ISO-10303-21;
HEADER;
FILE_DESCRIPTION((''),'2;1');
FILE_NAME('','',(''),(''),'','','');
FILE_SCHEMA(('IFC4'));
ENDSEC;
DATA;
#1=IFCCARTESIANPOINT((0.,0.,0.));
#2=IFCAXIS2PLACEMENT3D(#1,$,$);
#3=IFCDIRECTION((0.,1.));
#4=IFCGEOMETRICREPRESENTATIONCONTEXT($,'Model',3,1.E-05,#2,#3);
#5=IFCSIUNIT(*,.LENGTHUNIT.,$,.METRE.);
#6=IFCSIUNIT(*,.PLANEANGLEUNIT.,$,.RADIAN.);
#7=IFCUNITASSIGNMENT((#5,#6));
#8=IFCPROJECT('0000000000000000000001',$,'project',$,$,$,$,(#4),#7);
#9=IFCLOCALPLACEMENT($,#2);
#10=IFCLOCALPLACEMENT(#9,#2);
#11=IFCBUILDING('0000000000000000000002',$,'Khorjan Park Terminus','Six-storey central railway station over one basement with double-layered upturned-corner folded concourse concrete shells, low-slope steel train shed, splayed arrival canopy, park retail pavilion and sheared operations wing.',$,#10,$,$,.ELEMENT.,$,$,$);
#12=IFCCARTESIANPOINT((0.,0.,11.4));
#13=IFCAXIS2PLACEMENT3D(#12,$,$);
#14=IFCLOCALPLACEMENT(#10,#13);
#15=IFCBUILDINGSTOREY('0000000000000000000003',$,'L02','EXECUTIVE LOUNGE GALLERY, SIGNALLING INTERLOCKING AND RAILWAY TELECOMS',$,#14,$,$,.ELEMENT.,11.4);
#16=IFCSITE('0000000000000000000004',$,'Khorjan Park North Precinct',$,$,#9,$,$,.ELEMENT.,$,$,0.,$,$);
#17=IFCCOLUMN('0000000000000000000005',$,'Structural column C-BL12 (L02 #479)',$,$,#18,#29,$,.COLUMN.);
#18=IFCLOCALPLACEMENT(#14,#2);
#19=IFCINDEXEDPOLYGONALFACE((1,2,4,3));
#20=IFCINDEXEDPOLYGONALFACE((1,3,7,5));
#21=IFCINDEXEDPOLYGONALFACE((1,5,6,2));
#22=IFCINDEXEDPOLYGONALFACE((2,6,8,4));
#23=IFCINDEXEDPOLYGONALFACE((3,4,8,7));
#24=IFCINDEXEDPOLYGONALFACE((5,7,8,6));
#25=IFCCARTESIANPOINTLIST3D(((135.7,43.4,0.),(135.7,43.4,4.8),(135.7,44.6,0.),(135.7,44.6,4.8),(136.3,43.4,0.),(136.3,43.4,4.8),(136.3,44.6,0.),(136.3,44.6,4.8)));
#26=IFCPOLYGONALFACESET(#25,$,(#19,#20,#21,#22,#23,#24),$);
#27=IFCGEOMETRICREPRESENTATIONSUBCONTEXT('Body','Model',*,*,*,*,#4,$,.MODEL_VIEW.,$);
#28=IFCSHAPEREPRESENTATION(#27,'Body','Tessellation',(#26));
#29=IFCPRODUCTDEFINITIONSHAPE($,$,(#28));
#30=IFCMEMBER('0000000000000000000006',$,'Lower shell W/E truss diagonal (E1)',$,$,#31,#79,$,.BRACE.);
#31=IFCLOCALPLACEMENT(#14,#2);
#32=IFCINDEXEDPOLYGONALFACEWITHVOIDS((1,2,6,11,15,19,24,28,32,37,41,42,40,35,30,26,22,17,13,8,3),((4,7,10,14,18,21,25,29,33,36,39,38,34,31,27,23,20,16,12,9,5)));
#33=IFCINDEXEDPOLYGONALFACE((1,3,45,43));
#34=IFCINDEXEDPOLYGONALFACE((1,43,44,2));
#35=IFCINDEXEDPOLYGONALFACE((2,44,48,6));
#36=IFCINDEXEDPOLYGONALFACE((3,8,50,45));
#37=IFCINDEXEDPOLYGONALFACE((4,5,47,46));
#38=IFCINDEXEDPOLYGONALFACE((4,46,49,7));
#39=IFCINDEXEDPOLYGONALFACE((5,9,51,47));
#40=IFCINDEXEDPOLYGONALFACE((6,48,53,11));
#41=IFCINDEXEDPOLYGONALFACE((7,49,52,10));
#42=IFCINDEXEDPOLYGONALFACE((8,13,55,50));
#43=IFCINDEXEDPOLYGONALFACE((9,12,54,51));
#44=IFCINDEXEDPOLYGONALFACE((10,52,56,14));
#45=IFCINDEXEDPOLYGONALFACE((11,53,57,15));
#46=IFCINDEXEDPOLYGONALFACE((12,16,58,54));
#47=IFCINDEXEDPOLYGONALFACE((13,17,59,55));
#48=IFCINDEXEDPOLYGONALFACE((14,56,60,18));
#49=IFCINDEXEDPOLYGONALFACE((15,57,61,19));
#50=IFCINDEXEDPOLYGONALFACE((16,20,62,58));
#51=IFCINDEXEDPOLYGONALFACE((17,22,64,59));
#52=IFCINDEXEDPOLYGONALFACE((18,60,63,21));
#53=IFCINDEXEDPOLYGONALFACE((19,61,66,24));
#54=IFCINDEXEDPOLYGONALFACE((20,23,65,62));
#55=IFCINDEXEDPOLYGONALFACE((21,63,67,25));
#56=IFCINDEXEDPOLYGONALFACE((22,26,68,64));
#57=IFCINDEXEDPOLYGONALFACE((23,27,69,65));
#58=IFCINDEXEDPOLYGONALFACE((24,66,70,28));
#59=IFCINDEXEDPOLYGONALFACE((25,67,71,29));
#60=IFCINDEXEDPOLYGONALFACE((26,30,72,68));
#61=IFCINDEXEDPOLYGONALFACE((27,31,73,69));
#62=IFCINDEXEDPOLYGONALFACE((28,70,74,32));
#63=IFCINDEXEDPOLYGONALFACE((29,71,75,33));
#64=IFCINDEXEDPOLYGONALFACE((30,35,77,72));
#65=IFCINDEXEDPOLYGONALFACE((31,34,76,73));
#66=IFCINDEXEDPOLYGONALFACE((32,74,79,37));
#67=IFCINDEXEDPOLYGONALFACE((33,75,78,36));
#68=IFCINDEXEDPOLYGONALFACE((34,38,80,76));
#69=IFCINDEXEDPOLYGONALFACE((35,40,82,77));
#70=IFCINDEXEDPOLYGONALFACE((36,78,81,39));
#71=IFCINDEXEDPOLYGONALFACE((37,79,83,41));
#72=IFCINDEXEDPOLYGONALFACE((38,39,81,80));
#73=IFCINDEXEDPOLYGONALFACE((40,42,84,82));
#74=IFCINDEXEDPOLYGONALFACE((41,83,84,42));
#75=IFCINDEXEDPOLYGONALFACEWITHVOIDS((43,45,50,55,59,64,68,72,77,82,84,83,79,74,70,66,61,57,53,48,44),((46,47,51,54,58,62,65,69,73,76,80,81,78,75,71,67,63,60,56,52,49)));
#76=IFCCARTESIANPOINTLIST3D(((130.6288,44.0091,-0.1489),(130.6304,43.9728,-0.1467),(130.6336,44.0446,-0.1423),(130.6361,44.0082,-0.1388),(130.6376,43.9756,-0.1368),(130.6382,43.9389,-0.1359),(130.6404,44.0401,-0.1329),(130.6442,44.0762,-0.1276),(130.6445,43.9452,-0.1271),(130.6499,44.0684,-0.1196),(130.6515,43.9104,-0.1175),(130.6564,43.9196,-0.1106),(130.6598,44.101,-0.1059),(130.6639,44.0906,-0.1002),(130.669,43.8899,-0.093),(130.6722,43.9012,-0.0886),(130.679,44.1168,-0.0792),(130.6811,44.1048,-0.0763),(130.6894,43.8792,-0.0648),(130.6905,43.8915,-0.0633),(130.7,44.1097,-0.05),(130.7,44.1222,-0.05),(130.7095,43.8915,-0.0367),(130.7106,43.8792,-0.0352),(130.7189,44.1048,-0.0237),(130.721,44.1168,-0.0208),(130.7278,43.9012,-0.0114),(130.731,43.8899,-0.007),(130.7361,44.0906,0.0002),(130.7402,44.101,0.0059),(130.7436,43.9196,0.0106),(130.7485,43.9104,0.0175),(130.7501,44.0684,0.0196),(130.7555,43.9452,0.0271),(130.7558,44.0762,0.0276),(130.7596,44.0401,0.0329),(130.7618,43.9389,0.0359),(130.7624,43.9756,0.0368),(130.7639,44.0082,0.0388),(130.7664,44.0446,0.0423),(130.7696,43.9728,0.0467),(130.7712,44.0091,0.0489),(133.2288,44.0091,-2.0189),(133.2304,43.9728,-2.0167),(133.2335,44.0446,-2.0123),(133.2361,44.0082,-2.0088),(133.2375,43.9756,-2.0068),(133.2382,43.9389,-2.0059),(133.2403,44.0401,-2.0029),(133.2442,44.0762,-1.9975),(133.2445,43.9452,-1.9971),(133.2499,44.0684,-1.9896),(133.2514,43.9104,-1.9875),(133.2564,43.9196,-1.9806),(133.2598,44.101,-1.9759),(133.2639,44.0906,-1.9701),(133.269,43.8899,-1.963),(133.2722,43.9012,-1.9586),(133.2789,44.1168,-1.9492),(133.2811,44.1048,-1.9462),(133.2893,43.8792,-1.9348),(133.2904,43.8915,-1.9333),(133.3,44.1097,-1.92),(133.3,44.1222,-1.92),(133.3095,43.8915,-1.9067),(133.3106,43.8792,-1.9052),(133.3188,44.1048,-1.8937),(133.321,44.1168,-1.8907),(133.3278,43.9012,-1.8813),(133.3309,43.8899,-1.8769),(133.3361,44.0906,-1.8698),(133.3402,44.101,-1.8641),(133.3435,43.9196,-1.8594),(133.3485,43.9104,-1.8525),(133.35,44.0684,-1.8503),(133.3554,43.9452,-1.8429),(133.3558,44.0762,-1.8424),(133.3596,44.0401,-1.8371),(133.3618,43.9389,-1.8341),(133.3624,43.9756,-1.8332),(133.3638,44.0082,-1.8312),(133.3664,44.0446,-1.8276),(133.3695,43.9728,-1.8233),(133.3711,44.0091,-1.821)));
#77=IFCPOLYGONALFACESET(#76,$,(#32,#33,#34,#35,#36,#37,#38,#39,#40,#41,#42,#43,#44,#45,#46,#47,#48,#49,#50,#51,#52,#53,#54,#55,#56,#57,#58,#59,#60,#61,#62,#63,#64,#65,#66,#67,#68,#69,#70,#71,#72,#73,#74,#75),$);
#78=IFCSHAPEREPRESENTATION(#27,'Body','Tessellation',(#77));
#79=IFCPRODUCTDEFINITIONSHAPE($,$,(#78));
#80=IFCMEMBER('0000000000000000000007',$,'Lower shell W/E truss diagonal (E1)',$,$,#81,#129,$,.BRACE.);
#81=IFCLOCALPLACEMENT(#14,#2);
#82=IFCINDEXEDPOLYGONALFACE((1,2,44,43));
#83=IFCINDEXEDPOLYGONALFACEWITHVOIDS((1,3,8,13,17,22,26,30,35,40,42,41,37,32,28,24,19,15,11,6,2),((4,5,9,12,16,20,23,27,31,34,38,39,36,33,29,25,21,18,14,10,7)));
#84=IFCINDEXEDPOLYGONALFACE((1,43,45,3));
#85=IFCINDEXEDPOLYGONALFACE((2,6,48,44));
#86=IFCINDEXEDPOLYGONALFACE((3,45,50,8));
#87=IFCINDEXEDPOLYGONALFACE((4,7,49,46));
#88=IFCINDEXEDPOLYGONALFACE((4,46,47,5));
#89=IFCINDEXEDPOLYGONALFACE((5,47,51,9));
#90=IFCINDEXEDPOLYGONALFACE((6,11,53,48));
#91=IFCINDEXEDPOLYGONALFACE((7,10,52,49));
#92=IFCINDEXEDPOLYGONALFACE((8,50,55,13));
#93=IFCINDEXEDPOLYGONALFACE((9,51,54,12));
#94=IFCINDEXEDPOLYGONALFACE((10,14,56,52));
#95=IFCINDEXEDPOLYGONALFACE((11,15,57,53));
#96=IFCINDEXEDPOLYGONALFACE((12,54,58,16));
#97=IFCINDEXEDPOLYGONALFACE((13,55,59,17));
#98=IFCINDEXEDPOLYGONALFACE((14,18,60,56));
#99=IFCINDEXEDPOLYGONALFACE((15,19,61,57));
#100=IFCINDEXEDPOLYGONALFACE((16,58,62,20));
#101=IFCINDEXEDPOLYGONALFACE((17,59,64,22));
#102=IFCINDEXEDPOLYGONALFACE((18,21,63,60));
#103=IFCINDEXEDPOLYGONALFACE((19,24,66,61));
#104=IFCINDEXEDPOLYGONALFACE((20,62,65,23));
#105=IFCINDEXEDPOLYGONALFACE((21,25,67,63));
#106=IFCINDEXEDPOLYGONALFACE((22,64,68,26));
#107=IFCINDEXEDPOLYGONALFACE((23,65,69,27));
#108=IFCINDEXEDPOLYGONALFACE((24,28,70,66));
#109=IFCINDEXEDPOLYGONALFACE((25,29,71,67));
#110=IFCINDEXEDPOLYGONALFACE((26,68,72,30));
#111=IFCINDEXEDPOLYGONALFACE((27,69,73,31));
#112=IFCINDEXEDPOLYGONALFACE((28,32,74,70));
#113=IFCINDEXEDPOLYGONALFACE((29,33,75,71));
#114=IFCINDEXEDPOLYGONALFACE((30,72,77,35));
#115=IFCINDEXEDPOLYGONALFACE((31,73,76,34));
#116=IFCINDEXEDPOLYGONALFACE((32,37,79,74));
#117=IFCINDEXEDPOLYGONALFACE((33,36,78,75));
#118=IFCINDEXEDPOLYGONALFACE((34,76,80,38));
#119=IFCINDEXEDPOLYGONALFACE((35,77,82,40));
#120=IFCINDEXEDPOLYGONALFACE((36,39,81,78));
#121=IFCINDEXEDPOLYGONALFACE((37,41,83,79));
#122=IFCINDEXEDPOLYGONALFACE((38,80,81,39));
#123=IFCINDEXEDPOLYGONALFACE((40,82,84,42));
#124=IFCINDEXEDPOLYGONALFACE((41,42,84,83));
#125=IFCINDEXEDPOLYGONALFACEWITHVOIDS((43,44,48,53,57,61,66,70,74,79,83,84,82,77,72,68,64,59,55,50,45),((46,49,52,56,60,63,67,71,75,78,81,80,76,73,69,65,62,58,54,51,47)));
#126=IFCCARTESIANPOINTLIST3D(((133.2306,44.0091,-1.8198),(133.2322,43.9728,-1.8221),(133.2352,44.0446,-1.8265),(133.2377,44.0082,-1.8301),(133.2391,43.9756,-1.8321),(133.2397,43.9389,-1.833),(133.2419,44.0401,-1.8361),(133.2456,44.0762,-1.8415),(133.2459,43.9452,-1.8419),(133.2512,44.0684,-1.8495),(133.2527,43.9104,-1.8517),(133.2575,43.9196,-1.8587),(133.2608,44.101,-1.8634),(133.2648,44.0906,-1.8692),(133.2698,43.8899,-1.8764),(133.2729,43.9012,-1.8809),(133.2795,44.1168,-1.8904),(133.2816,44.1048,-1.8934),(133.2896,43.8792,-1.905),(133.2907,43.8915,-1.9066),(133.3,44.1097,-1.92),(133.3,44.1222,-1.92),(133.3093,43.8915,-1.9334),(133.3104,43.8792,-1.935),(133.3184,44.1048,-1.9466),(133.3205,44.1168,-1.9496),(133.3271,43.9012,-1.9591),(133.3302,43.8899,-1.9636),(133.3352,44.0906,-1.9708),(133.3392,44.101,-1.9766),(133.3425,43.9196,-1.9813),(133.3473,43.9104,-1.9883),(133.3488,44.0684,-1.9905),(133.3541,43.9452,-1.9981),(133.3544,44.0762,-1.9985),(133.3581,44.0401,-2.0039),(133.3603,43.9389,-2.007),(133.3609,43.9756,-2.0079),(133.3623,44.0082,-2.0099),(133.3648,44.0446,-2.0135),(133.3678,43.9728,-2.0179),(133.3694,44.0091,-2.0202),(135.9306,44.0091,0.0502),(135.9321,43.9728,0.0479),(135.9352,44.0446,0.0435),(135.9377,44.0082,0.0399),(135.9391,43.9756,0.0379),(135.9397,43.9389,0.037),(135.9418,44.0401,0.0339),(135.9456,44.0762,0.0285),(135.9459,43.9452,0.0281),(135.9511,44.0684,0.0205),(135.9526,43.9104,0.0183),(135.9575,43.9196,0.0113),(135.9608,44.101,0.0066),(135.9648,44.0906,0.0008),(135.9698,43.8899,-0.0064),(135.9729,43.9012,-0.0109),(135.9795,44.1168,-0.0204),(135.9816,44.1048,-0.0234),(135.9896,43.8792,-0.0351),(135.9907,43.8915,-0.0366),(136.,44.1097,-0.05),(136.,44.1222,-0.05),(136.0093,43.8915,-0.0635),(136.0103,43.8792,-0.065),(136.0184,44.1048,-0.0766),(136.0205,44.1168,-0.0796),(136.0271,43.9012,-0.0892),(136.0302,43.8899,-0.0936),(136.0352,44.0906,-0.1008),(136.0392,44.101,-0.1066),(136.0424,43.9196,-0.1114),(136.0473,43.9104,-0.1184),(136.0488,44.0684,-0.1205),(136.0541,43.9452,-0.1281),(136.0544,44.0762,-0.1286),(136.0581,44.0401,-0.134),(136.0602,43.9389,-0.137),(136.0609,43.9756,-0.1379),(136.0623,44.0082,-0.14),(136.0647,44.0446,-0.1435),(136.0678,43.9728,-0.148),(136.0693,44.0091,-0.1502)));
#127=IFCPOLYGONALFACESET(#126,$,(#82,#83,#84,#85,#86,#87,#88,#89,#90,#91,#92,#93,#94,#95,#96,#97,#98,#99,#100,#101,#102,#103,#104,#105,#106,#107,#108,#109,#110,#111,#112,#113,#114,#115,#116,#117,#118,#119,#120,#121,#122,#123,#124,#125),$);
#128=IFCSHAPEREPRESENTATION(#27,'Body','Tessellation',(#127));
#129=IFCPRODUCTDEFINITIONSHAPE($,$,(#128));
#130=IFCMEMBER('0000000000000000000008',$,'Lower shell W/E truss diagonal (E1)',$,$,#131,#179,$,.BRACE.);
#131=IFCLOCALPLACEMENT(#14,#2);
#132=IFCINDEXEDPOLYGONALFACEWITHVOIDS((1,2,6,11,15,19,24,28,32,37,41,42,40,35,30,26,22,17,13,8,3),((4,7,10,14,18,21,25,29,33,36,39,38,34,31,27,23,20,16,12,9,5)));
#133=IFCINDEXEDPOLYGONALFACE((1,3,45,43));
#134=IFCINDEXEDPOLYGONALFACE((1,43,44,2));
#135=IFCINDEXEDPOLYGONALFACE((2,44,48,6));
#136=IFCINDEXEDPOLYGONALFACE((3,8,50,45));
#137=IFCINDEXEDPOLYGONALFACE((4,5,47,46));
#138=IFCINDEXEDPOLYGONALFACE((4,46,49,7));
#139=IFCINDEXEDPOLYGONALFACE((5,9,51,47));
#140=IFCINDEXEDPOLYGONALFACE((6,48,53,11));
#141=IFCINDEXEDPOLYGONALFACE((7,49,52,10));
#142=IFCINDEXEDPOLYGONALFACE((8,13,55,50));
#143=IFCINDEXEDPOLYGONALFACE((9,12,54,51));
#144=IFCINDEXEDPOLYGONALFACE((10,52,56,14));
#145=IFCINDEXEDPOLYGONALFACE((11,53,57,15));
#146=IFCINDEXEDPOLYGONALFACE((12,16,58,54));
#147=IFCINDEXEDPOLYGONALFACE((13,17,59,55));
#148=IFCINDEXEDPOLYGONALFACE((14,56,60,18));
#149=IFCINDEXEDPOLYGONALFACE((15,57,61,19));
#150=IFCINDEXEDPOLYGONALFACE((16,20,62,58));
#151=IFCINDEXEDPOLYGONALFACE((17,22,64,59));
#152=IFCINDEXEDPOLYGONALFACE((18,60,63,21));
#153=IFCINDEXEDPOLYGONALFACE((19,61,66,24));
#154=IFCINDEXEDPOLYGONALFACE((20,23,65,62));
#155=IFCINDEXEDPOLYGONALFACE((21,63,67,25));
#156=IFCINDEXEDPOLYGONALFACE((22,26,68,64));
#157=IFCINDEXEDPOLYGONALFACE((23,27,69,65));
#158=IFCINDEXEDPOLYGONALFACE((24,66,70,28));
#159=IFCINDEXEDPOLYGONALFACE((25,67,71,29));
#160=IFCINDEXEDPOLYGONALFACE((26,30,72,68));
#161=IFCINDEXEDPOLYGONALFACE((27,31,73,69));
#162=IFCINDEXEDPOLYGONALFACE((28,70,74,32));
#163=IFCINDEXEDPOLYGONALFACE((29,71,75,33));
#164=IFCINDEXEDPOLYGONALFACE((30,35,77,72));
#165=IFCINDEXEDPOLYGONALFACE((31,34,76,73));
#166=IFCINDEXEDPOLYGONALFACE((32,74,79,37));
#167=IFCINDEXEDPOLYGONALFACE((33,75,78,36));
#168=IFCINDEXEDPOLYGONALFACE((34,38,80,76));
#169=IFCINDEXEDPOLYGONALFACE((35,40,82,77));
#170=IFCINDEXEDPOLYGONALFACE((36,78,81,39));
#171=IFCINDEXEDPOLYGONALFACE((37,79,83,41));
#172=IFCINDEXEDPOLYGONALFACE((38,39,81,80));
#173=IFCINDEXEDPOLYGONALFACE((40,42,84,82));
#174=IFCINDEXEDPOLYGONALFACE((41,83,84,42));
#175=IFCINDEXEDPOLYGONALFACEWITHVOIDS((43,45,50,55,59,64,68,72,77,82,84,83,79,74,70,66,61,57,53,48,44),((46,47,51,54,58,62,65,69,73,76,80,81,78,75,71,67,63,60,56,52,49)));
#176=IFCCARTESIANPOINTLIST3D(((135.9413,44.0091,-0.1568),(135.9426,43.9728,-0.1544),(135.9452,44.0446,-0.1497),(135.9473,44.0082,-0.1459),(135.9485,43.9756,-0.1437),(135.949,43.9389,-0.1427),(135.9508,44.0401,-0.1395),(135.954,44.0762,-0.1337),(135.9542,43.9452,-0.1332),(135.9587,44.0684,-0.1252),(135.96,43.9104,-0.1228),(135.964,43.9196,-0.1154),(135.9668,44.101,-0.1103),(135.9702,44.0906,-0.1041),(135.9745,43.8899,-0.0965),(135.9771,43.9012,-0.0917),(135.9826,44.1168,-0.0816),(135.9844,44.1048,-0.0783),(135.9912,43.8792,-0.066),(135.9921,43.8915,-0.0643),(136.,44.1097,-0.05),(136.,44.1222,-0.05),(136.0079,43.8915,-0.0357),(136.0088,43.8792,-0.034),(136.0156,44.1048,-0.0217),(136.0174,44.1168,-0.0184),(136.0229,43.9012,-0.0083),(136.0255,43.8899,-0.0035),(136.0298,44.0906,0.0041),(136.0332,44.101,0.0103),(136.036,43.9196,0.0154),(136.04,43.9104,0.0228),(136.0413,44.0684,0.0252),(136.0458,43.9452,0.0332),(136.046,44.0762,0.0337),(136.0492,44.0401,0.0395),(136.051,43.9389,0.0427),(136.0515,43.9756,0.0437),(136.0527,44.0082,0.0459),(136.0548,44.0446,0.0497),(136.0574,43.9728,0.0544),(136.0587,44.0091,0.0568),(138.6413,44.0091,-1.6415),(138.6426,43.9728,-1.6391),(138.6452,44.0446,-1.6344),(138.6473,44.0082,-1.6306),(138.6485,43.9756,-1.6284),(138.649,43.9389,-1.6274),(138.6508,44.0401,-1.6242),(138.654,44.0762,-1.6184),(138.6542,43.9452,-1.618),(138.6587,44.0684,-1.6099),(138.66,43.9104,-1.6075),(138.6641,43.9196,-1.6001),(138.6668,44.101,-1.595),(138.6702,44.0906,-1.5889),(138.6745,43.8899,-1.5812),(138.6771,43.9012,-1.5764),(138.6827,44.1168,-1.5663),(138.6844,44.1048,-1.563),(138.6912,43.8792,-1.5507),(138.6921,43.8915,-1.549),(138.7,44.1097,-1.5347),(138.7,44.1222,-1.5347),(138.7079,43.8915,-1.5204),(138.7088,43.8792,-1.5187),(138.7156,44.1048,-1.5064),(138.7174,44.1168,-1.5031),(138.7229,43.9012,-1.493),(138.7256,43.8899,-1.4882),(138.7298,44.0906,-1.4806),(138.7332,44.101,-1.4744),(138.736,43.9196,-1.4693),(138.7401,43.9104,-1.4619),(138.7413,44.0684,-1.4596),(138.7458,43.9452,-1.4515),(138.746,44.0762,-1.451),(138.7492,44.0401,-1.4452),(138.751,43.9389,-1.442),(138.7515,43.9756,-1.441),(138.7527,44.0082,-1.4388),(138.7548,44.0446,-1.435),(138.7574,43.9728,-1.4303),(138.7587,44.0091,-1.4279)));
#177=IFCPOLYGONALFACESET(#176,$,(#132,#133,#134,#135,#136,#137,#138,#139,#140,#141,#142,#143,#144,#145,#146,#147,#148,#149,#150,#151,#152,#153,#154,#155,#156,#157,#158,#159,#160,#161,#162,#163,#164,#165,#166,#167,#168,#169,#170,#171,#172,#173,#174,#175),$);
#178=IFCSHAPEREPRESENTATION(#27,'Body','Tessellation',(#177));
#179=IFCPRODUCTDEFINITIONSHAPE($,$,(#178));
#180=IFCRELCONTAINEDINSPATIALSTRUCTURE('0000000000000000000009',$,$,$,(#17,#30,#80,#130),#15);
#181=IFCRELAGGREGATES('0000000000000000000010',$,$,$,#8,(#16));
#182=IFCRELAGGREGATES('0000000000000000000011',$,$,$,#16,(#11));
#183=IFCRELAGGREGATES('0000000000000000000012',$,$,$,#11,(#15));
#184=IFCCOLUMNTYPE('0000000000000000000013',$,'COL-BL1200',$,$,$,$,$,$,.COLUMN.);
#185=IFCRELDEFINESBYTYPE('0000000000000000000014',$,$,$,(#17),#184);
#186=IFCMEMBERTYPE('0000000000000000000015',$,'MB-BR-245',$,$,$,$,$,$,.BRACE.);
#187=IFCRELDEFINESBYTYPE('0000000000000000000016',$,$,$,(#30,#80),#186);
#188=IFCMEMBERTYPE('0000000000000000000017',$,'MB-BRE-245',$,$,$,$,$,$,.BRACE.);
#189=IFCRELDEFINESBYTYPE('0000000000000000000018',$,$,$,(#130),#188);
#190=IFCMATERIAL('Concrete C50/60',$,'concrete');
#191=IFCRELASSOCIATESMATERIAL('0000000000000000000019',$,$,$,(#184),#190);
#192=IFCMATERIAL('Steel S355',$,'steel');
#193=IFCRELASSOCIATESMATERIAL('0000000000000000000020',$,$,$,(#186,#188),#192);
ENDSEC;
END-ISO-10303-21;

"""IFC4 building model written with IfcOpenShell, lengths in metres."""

from ifc_helpers import new_model, si_unit, direction, frame, origin, origin_2d, place, context, subcontext, project, spatial, rectangle, hollow_circle, extrude, material, material_profile, profile_set, type_object, element, save


model = new_model("IFC4")

# Units and contexts
model_context = context("Model", 3, precision=1e-05, world=origin(), true_north=direction((0.0, 1.0)))
body_context = subcontext(model_context, "Body", "Model", "MODEL_VIEW")
ifc_project = project(units=[si_unit("LENGTHUNIT", "METRE"), si_unit("PLANEANGLEUNIT", "RADIAN")], contexts=[model_context])

# Site, building, storey
site_placement = place(None, origin())
site = spatial("IfcSite", under=ifc_project, at=site_placement, Name="Khorjan Park North Precinct", CompositionType="ELEMENT", RefElevation=0.0)
building_placement = place(site_placement, origin())
building = spatial("IfcBuilding", under=site, at=building_placement, Name="Khorjan Park Terminus", Description="Six-storey central railway station over one basement with double-layered upturned-corner folded concourse concrete shells, low-slope steel train shed, splayed arrival canopy, park retail pavilion and sheared operations wing.", CompositionType="ELEMENT")
storey_placement = place(building_placement, frame((0.0, 0.0, 11.4)))
storey = spatial("IfcBuildingStorey", under=building, at=storey_placement, Name="L02", Description="EXECUTIVE LOUNGE GALLERY, SIGNALLING INTERLOCKING AND RAILWAY TELECOMS", CompositionType="ELEMENT", Elevation=11.4)

# Column
ifc_material_1 = material(Name="Concrete C50/60", Category="concrete")
ifc_material_profile_1 = material_profile(ifc_material_1, rectangle(XDim=0.6, YDim=1.2, at=origin_2d()), Name="RC 600x1200")
ifc_profile_set_1 = profile_set([ifc_material_profile_1], Name="Concrete C50/60")
column_type = type_object("IfcColumnType", Name="COL-BL1200", PredefinedType="COLUMN", material=ifc_profile_set_1)
column_placement = place(storey_placement, frame((136.0, 44.0, 0.0), z_axis=(0.0, 0.0, 1.0), x_axis=(1.0, 0.0, 0.0)))
element("IfcColumn", 1, at=column_placement, inside=storey, type_object=column_type, Name="Structural column C-BL12 (L02 #479)", PredefinedType="COLUMN", context=body_context, shape_type="SweptSolid", body=[
    extrude(rectangle(XDim=0.6, YDim=1.2, at=origin_2d()), origin(), (0.0, 0.0, 1.0), 4.8),
])

# Members
ifc_material_2 = material(Name="Steel S355", Category="steel")
ifc_material_profile_2 = material_profile(ifc_material_2, hollow_circle(Radius=0.1222, WallThickness=0.0125, at=origin_2d()), Name="CHS 244.5x12.5")
ifc_profile_set_2 = profile_set([ifc_material_profile_2], Name="Steel S355")
member_type_1 = type_object("IfcMemberType", Name="MB-BR-245", PredefinedType="BRACE", material=ifc_profile_set_2)
member_1_placement = place(storey_placement, frame((130.7, 44.0, -0.05), z_axis=(0.81183, 0.0, -0.583893), x_axis=(0.0, 1.0, 0.0)))
element("IfcMember", 2, at=member_1_placement, inside=storey, type_object=member_type_1, Name="Lower shell W/E truss diagonal (E1)", PredefinedType="BRACE", context=body_context, shape_type="SweptSolid", body=[
    extrude(hollow_circle(Radius=0.1222, WallThickness=0.0125, at=origin_2d()), origin(), (0.0, 0.0, 1.0), 3.2026),
])
member_2_placement = place(storey_placement, frame((133.3, 44.0, -1.92), z_axis=(0.822083, 0.0, 0.569368), x_axis=(0.0, 1.0, 0.0)))
element("IfcMember", 3, at=member_2_placement, inside=storey, type_object=member_type_1, Name="Lower shell W/E truss diagonal (E1)", PredefinedType="BRACE", context=body_context, shape_type="SweptSolid", body=[
    extrude(hollow_circle(Radius=0.1222, WallThickness=0.0125, at=origin_2d()), origin(), (0.0, 0.0, 1.0), 3.2843),
])
ifc_material_profile_3 = material_profile(ifc_material_2, hollow_circle(Radius=0.1222, WallThickness=0.0125, at=origin_2d()), Name="CHS 244.5x12.5")
ifc_profile_set_3 = profile_set([ifc_material_profile_3], Name="Steel S355")
member_type_2 = type_object("IfcMemberType", Name="MB-BRE-245", PredefinedType="BRACE", material=ifc_profile_set_3)
member_3_placement = place(storey_placement, frame((136.0, 44.0, -0.05), z_axis=(0.876257, 0.0, -0.481844), x_axis=(0.0, 1.0, 0.0)))
element("IfcMember", 4, at=member_3_placement, inside=storey, type_object=member_type_2, Name="Lower shell W/E truss diagonal (E1)", PredefinedType="BRACE", context=body_context, shape_type="SweptSolid", body=[
    extrude(hollow_circle(Radius=0.1222, WallThickness=0.0125, at=origin_2d()), origin(), (0.0, 0.0, 1.0), 3.0813),
])

save(model, "model.ifc")
